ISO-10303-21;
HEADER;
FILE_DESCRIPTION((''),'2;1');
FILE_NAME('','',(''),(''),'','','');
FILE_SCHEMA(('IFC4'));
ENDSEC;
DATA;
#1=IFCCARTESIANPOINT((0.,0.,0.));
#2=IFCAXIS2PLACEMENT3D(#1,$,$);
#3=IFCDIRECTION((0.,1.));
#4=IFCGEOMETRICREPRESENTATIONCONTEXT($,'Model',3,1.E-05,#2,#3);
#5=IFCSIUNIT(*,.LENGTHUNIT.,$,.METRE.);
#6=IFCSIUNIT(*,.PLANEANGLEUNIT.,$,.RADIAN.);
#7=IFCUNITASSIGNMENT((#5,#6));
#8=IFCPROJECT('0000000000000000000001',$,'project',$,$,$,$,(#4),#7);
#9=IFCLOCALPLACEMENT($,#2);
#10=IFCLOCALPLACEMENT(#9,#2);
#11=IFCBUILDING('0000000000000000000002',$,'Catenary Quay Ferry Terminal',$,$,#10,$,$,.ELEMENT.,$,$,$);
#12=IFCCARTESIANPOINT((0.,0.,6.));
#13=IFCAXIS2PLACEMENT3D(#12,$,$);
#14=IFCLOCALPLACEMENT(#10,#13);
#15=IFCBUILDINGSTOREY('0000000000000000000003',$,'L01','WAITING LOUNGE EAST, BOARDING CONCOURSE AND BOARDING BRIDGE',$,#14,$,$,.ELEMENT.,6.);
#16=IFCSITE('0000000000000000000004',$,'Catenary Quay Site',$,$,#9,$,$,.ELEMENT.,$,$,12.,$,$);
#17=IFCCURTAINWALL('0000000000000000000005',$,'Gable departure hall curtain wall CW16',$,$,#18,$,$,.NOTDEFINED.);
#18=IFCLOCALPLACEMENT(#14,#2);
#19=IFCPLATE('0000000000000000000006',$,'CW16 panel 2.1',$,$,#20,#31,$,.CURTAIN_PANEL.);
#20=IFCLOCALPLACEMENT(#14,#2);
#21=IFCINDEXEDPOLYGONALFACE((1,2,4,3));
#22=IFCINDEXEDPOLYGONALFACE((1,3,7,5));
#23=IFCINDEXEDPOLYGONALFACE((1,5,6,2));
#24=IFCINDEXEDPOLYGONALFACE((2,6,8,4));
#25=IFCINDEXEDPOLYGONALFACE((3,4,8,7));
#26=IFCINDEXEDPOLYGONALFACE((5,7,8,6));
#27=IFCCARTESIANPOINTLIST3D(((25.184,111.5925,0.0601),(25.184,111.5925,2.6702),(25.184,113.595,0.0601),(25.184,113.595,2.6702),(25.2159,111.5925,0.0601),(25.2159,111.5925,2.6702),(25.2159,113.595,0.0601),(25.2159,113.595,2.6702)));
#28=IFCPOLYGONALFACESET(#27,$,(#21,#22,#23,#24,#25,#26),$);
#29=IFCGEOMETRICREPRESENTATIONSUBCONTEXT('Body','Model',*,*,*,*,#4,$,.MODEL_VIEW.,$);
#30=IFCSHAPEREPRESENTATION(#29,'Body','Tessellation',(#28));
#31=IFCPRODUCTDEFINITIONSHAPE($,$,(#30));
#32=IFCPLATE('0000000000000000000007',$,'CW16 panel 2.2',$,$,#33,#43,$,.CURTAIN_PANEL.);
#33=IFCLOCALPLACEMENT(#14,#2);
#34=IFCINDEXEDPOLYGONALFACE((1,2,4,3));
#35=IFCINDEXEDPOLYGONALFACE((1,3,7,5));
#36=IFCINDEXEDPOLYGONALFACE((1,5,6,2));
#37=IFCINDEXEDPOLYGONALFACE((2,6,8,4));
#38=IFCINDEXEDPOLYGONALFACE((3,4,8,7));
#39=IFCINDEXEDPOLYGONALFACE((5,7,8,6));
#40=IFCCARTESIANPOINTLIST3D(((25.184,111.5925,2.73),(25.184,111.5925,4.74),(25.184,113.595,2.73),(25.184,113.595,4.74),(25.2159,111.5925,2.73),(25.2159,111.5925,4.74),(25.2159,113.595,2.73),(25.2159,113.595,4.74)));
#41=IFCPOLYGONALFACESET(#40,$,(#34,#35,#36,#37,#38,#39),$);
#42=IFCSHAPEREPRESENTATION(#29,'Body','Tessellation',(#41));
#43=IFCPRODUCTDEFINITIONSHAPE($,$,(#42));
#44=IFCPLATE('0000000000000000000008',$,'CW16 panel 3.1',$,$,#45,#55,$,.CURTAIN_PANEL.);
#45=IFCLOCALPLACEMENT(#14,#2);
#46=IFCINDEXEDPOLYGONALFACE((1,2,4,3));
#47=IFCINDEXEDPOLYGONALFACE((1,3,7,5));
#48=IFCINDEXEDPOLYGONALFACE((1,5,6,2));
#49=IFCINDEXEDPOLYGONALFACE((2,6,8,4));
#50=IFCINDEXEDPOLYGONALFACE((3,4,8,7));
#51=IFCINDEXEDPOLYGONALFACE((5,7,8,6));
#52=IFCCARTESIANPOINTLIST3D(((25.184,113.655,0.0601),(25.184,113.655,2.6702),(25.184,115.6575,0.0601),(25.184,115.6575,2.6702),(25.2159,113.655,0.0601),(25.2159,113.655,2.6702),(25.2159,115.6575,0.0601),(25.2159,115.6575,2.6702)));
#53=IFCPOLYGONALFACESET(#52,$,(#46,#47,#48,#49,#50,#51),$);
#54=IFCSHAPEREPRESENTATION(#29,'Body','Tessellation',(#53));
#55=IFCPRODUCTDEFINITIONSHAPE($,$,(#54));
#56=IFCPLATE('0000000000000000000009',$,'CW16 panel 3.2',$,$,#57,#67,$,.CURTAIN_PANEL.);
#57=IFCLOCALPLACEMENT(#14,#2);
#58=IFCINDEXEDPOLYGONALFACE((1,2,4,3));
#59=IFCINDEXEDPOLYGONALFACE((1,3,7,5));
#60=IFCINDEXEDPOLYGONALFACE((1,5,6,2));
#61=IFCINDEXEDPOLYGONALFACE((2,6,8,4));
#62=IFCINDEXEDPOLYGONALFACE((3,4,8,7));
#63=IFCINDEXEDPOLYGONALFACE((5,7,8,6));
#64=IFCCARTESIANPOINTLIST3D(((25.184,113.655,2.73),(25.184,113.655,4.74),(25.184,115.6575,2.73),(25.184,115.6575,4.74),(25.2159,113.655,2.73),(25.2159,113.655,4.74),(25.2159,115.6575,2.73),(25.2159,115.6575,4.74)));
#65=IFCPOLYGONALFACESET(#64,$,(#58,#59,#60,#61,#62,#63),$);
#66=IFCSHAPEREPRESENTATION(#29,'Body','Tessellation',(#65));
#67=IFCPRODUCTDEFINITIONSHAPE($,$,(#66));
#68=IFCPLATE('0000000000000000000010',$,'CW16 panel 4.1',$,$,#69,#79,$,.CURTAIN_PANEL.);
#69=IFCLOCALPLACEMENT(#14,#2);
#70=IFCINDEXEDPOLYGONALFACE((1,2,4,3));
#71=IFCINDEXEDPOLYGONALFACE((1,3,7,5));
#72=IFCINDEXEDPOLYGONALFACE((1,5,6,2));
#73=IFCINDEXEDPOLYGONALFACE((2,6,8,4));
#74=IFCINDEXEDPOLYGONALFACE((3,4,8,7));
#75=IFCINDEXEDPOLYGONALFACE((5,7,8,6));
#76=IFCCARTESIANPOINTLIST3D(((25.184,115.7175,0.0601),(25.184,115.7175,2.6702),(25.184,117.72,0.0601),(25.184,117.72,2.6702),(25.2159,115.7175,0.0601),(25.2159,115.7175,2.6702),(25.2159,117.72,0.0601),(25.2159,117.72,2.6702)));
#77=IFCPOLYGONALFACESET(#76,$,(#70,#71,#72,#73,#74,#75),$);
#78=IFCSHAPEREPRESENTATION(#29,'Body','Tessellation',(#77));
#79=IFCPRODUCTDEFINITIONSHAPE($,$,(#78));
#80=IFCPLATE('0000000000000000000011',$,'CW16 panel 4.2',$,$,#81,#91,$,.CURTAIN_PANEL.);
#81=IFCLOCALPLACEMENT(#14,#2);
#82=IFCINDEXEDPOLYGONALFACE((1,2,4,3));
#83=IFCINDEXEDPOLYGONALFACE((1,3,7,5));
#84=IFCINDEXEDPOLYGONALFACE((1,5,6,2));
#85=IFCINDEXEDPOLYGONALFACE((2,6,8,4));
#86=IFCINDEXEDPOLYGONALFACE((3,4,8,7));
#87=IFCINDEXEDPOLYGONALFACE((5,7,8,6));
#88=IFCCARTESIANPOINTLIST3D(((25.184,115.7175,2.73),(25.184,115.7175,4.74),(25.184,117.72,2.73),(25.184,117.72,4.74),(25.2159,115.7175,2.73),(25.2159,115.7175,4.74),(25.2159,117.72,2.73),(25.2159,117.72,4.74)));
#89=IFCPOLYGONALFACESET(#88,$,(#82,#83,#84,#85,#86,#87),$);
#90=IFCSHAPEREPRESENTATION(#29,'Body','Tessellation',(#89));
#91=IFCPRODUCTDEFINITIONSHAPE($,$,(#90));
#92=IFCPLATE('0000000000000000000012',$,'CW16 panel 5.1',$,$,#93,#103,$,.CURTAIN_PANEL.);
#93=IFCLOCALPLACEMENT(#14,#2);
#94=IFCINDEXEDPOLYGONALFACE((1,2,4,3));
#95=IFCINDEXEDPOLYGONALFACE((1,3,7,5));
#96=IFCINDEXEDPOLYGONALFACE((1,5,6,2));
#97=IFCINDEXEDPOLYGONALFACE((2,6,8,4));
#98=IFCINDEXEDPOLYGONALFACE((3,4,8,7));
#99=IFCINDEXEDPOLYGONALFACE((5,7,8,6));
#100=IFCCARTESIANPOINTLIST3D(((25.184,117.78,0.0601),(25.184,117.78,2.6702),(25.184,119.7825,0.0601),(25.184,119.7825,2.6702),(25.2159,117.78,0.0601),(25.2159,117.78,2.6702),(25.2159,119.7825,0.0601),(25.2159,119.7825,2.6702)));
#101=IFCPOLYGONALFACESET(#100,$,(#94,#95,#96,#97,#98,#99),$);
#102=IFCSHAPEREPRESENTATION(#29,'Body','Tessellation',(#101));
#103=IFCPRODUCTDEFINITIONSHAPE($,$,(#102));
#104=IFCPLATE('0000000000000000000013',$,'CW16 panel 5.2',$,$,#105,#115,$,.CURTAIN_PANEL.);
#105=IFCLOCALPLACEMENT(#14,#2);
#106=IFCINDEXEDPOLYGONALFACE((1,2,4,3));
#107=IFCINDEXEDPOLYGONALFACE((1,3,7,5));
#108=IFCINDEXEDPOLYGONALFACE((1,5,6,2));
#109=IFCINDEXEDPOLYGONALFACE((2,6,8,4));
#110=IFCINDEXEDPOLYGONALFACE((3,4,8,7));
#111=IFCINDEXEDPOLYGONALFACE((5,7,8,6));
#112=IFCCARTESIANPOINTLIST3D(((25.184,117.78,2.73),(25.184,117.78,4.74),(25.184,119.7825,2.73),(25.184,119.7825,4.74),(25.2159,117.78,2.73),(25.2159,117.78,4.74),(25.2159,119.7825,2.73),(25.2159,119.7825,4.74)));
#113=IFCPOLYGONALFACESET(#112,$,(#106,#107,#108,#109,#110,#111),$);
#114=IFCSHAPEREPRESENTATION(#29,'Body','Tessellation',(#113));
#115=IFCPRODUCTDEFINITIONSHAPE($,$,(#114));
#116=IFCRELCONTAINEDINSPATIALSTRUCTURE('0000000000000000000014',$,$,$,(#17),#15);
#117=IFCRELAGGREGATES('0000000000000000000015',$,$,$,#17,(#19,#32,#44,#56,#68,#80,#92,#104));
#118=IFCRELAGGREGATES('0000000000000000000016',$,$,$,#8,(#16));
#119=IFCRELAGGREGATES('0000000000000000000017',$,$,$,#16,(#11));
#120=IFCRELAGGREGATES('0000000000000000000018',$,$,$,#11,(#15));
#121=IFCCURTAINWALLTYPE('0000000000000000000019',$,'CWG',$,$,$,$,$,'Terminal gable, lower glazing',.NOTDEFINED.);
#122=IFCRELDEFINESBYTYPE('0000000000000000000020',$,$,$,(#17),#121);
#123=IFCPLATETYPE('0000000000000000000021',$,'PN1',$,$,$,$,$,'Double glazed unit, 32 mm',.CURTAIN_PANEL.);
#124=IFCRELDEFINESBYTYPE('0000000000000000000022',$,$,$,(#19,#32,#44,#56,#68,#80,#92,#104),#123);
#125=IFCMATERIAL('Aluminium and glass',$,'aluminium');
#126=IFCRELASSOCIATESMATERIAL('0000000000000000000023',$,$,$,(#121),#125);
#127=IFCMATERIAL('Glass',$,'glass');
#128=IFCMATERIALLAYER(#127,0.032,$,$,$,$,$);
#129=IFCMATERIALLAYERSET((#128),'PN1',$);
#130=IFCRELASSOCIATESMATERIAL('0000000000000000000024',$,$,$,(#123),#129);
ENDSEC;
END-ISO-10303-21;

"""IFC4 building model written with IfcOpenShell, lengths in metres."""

from ifc_helpers import new_model, si_unit, direction, frame, origin, origin_2d, place, context, subcontext, project, spatial, rectangle, extrude, material, layer, layer_set, type_object, element, aggregate, save


model = new_model("IFC4")

# Units and contexts
model_context = context("Model", 3, precision=1e-05, world=origin(), true_north=direction((0.0, 1.0)))
body_context = subcontext(model_context, "Body", "Model", "MODEL_VIEW")
ifc_project = project(units=[si_unit("LENGTHUNIT", "METRE"), si_unit("PLANEANGLEUNIT", "RADIAN")], contexts=[model_context])

# Site, building, storey
site_placement = place(None, origin())
site = spatial("IfcSite", under=ifc_project, at=site_placement, Name="Catenary Quay Site", CompositionType="ELEMENT", RefElevation=12.0)
building_placement = place(site_placement, origin())
building = spatial("IfcBuilding", under=site, at=building_placement, Name="Catenary Quay Ferry Terminal", CompositionType="ELEMENT")
storey_placement = place(building_placement, frame((0.0, 0.0, 6.0)))
storey = spatial("IfcBuildingStorey", under=building, at=storey_placement, Name="L01", Description="WAITING LOUNGE EAST, BOARDING CONCOURSE AND BOARDING BRIDGE", CompositionType="ELEMENT", Elevation=6.0)

# Curtain wall, plates
ifc_material_1 = material(Name="Aluminium and glass", Category="aluminium")
curtain_wall_type = type_object("IfcCurtainWallType", Name="CWG", ElementType="Terminal gable, lower glazing", PredefinedType="NOTDEFINED", material=ifc_material_1)
curtain_wall_placement = place(storey_placement, origin())
curtain_wall = element("IfcCurtainWall", 1, at=curtain_wall_placement, inside=storey, type_object=curtain_wall_type, Name="Gable departure hall curtain wall CW16", PredefinedType="NOTDEFINED")
ifc_material_2 = material(Name="Glass", Category="glass")
ifc_layer = layer(ifc_material_2, 0.032)
ifc_layer_set = layer_set([ifc_layer], Name="PN1")
plate_type = type_object("IfcPlateType", Name="PN1", ElementType="Double glazed unit, 32 mm", PredefinedType="CURTAIN_PANEL", material=ifc_layer_set)
plate_1_placement = place(storey_placement, frame((25.2, 112.5938, 0.0601), z_axis=(0.0, 0.0, 1.0), x_axis=(0.0, 1.0, 0.0)))
plate_1 = element("IfcPlate", 2, at=plate_1_placement, type_object=plate_type, Name="CW16 panel 2.1", PredefinedType="CURTAIN_PANEL", context=body_context, shape_type="SweptSolid", body=[
    extrude(rectangle(XDim=2.0024, YDim=0.032, at=origin_2d()), origin(), (0.0, 0.0, 1.0), 2.6101),
])
plate_2_placement = place(storey_placement, frame((25.2, 112.5938, 2.73), z_axis=(0.0, 0.0, 1.0), x_axis=(0.0, 1.0, 0.0)))
plate_2 = element("IfcPlate", 3, at=plate_2_placement, type_object=plate_type, Name="CW16 panel 2.2", PredefinedType="CURTAIN_PANEL", context=body_context, shape_type="SweptSolid", body=[
    extrude(rectangle(XDim=2.0024, YDim=0.032, at=origin_2d()), origin(), (0.0, 0.0, 1.0), 2.01),
])
plate_3_placement = place(storey_placement, frame((25.2, 114.6562, 0.0601), z_axis=(0.0, 0.0, 1.0), x_axis=(0.0, 1.0, 0.0)))
plate_3 = element("IfcPlate", 4, at=plate_3_placement, type_object=plate_type, Name="CW16 panel 3.1", PredefinedType="CURTAIN_PANEL", context=body_context, shape_type="SweptSolid", body=[
    extrude(rectangle(XDim=2.0024, YDim=0.032, at=origin_2d()), origin(), (0.0, 0.0, 1.0), 2.6101),
])
plate_4_placement = place(storey_placement, frame((25.2, 114.6562, 2.73), z_axis=(0.0, 0.0, 1.0), x_axis=(0.0, 1.0, 0.0)))
plate_4 = element("IfcPlate", 5, at=plate_4_placement, type_object=plate_type, Name="CW16 panel 3.2", PredefinedType="CURTAIN_PANEL", context=body_context, shape_type="SweptSolid", body=[
    extrude(rectangle(XDim=2.0024, YDim=0.032, at=origin_2d()), origin(), (0.0, 0.0, 1.0), 2.01),
])
plate_5_placement = place(storey_placement, frame((25.2, 116.7188, 0.0601), z_axis=(0.0, 0.0, 1.0), x_axis=(0.0, 1.0, 0.0)))
plate_5 = element("IfcPlate", 6, at=plate_5_placement, type_object=plate_type, Name="CW16 panel 4.1", PredefinedType="CURTAIN_PANEL", context=body_context, shape_type="SweptSolid", body=[
    extrude(rectangle(XDim=2.0024, YDim=0.032, at=origin_2d()), origin(), (0.0, 0.0, 1.0), 2.6101),
])
plate_6_placement = place(storey_placement, frame((25.2, 116.7188, 2.73), z_axis=(0.0, 0.0, 1.0), x_axis=(0.0, 1.0, 0.0)))
plate_6 = element("IfcPlate", 7, at=plate_6_placement, type_object=plate_type, Name="CW16 panel 4.2", PredefinedType="CURTAIN_PANEL", context=body_context, shape_type="SweptSolid", body=[
    extrude(rectangle(XDim=2.0024, YDim=0.032, at=origin_2d()), origin(), (0.0, 0.0, 1.0), 2.01),
])
plate_7_placement = place(storey_placement, frame((25.2, 118.7812, 0.0601), z_axis=(0.0, 0.0, 1.0), x_axis=(0.0, 1.0, 0.0)))
plate_7 = element("IfcPlate", 8, at=plate_7_placement, type_object=plate_type, Name="CW16 panel 5.1", PredefinedType="CURTAIN_PANEL", context=body_context, shape_type="SweptSolid", body=[
    extrude(rectangle(XDim=2.0024, YDim=0.032, at=origin_2d()), origin(), (0.0, 0.0, 1.0), 2.6101),
])
plate_8_placement = place(storey_placement, frame((25.2, 118.7812, 2.73), z_axis=(0.0, 0.0, 1.0), x_axis=(0.0, 1.0, 0.0)))
plate_8 = element("IfcPlate", 9, at=plate_8_placement, type_object=plate_type, Name="CW16 panel 5.2", PredefinedType="CURTAIN_PANEL", context=body_context, shape_type="SweptSolid", body=[
    extrude(rectangle(XDim=2.0024, YDim=0.032, at=origin_2d()), origin(), (0.0, 0.0, 1.0), 2.01),
])
aggregate(curtain_wall, [plate_1, plate_2, plate_3, plate_4, plate_5, plate_6, plate_7, plate_8])

save(model, "model.ifc")
